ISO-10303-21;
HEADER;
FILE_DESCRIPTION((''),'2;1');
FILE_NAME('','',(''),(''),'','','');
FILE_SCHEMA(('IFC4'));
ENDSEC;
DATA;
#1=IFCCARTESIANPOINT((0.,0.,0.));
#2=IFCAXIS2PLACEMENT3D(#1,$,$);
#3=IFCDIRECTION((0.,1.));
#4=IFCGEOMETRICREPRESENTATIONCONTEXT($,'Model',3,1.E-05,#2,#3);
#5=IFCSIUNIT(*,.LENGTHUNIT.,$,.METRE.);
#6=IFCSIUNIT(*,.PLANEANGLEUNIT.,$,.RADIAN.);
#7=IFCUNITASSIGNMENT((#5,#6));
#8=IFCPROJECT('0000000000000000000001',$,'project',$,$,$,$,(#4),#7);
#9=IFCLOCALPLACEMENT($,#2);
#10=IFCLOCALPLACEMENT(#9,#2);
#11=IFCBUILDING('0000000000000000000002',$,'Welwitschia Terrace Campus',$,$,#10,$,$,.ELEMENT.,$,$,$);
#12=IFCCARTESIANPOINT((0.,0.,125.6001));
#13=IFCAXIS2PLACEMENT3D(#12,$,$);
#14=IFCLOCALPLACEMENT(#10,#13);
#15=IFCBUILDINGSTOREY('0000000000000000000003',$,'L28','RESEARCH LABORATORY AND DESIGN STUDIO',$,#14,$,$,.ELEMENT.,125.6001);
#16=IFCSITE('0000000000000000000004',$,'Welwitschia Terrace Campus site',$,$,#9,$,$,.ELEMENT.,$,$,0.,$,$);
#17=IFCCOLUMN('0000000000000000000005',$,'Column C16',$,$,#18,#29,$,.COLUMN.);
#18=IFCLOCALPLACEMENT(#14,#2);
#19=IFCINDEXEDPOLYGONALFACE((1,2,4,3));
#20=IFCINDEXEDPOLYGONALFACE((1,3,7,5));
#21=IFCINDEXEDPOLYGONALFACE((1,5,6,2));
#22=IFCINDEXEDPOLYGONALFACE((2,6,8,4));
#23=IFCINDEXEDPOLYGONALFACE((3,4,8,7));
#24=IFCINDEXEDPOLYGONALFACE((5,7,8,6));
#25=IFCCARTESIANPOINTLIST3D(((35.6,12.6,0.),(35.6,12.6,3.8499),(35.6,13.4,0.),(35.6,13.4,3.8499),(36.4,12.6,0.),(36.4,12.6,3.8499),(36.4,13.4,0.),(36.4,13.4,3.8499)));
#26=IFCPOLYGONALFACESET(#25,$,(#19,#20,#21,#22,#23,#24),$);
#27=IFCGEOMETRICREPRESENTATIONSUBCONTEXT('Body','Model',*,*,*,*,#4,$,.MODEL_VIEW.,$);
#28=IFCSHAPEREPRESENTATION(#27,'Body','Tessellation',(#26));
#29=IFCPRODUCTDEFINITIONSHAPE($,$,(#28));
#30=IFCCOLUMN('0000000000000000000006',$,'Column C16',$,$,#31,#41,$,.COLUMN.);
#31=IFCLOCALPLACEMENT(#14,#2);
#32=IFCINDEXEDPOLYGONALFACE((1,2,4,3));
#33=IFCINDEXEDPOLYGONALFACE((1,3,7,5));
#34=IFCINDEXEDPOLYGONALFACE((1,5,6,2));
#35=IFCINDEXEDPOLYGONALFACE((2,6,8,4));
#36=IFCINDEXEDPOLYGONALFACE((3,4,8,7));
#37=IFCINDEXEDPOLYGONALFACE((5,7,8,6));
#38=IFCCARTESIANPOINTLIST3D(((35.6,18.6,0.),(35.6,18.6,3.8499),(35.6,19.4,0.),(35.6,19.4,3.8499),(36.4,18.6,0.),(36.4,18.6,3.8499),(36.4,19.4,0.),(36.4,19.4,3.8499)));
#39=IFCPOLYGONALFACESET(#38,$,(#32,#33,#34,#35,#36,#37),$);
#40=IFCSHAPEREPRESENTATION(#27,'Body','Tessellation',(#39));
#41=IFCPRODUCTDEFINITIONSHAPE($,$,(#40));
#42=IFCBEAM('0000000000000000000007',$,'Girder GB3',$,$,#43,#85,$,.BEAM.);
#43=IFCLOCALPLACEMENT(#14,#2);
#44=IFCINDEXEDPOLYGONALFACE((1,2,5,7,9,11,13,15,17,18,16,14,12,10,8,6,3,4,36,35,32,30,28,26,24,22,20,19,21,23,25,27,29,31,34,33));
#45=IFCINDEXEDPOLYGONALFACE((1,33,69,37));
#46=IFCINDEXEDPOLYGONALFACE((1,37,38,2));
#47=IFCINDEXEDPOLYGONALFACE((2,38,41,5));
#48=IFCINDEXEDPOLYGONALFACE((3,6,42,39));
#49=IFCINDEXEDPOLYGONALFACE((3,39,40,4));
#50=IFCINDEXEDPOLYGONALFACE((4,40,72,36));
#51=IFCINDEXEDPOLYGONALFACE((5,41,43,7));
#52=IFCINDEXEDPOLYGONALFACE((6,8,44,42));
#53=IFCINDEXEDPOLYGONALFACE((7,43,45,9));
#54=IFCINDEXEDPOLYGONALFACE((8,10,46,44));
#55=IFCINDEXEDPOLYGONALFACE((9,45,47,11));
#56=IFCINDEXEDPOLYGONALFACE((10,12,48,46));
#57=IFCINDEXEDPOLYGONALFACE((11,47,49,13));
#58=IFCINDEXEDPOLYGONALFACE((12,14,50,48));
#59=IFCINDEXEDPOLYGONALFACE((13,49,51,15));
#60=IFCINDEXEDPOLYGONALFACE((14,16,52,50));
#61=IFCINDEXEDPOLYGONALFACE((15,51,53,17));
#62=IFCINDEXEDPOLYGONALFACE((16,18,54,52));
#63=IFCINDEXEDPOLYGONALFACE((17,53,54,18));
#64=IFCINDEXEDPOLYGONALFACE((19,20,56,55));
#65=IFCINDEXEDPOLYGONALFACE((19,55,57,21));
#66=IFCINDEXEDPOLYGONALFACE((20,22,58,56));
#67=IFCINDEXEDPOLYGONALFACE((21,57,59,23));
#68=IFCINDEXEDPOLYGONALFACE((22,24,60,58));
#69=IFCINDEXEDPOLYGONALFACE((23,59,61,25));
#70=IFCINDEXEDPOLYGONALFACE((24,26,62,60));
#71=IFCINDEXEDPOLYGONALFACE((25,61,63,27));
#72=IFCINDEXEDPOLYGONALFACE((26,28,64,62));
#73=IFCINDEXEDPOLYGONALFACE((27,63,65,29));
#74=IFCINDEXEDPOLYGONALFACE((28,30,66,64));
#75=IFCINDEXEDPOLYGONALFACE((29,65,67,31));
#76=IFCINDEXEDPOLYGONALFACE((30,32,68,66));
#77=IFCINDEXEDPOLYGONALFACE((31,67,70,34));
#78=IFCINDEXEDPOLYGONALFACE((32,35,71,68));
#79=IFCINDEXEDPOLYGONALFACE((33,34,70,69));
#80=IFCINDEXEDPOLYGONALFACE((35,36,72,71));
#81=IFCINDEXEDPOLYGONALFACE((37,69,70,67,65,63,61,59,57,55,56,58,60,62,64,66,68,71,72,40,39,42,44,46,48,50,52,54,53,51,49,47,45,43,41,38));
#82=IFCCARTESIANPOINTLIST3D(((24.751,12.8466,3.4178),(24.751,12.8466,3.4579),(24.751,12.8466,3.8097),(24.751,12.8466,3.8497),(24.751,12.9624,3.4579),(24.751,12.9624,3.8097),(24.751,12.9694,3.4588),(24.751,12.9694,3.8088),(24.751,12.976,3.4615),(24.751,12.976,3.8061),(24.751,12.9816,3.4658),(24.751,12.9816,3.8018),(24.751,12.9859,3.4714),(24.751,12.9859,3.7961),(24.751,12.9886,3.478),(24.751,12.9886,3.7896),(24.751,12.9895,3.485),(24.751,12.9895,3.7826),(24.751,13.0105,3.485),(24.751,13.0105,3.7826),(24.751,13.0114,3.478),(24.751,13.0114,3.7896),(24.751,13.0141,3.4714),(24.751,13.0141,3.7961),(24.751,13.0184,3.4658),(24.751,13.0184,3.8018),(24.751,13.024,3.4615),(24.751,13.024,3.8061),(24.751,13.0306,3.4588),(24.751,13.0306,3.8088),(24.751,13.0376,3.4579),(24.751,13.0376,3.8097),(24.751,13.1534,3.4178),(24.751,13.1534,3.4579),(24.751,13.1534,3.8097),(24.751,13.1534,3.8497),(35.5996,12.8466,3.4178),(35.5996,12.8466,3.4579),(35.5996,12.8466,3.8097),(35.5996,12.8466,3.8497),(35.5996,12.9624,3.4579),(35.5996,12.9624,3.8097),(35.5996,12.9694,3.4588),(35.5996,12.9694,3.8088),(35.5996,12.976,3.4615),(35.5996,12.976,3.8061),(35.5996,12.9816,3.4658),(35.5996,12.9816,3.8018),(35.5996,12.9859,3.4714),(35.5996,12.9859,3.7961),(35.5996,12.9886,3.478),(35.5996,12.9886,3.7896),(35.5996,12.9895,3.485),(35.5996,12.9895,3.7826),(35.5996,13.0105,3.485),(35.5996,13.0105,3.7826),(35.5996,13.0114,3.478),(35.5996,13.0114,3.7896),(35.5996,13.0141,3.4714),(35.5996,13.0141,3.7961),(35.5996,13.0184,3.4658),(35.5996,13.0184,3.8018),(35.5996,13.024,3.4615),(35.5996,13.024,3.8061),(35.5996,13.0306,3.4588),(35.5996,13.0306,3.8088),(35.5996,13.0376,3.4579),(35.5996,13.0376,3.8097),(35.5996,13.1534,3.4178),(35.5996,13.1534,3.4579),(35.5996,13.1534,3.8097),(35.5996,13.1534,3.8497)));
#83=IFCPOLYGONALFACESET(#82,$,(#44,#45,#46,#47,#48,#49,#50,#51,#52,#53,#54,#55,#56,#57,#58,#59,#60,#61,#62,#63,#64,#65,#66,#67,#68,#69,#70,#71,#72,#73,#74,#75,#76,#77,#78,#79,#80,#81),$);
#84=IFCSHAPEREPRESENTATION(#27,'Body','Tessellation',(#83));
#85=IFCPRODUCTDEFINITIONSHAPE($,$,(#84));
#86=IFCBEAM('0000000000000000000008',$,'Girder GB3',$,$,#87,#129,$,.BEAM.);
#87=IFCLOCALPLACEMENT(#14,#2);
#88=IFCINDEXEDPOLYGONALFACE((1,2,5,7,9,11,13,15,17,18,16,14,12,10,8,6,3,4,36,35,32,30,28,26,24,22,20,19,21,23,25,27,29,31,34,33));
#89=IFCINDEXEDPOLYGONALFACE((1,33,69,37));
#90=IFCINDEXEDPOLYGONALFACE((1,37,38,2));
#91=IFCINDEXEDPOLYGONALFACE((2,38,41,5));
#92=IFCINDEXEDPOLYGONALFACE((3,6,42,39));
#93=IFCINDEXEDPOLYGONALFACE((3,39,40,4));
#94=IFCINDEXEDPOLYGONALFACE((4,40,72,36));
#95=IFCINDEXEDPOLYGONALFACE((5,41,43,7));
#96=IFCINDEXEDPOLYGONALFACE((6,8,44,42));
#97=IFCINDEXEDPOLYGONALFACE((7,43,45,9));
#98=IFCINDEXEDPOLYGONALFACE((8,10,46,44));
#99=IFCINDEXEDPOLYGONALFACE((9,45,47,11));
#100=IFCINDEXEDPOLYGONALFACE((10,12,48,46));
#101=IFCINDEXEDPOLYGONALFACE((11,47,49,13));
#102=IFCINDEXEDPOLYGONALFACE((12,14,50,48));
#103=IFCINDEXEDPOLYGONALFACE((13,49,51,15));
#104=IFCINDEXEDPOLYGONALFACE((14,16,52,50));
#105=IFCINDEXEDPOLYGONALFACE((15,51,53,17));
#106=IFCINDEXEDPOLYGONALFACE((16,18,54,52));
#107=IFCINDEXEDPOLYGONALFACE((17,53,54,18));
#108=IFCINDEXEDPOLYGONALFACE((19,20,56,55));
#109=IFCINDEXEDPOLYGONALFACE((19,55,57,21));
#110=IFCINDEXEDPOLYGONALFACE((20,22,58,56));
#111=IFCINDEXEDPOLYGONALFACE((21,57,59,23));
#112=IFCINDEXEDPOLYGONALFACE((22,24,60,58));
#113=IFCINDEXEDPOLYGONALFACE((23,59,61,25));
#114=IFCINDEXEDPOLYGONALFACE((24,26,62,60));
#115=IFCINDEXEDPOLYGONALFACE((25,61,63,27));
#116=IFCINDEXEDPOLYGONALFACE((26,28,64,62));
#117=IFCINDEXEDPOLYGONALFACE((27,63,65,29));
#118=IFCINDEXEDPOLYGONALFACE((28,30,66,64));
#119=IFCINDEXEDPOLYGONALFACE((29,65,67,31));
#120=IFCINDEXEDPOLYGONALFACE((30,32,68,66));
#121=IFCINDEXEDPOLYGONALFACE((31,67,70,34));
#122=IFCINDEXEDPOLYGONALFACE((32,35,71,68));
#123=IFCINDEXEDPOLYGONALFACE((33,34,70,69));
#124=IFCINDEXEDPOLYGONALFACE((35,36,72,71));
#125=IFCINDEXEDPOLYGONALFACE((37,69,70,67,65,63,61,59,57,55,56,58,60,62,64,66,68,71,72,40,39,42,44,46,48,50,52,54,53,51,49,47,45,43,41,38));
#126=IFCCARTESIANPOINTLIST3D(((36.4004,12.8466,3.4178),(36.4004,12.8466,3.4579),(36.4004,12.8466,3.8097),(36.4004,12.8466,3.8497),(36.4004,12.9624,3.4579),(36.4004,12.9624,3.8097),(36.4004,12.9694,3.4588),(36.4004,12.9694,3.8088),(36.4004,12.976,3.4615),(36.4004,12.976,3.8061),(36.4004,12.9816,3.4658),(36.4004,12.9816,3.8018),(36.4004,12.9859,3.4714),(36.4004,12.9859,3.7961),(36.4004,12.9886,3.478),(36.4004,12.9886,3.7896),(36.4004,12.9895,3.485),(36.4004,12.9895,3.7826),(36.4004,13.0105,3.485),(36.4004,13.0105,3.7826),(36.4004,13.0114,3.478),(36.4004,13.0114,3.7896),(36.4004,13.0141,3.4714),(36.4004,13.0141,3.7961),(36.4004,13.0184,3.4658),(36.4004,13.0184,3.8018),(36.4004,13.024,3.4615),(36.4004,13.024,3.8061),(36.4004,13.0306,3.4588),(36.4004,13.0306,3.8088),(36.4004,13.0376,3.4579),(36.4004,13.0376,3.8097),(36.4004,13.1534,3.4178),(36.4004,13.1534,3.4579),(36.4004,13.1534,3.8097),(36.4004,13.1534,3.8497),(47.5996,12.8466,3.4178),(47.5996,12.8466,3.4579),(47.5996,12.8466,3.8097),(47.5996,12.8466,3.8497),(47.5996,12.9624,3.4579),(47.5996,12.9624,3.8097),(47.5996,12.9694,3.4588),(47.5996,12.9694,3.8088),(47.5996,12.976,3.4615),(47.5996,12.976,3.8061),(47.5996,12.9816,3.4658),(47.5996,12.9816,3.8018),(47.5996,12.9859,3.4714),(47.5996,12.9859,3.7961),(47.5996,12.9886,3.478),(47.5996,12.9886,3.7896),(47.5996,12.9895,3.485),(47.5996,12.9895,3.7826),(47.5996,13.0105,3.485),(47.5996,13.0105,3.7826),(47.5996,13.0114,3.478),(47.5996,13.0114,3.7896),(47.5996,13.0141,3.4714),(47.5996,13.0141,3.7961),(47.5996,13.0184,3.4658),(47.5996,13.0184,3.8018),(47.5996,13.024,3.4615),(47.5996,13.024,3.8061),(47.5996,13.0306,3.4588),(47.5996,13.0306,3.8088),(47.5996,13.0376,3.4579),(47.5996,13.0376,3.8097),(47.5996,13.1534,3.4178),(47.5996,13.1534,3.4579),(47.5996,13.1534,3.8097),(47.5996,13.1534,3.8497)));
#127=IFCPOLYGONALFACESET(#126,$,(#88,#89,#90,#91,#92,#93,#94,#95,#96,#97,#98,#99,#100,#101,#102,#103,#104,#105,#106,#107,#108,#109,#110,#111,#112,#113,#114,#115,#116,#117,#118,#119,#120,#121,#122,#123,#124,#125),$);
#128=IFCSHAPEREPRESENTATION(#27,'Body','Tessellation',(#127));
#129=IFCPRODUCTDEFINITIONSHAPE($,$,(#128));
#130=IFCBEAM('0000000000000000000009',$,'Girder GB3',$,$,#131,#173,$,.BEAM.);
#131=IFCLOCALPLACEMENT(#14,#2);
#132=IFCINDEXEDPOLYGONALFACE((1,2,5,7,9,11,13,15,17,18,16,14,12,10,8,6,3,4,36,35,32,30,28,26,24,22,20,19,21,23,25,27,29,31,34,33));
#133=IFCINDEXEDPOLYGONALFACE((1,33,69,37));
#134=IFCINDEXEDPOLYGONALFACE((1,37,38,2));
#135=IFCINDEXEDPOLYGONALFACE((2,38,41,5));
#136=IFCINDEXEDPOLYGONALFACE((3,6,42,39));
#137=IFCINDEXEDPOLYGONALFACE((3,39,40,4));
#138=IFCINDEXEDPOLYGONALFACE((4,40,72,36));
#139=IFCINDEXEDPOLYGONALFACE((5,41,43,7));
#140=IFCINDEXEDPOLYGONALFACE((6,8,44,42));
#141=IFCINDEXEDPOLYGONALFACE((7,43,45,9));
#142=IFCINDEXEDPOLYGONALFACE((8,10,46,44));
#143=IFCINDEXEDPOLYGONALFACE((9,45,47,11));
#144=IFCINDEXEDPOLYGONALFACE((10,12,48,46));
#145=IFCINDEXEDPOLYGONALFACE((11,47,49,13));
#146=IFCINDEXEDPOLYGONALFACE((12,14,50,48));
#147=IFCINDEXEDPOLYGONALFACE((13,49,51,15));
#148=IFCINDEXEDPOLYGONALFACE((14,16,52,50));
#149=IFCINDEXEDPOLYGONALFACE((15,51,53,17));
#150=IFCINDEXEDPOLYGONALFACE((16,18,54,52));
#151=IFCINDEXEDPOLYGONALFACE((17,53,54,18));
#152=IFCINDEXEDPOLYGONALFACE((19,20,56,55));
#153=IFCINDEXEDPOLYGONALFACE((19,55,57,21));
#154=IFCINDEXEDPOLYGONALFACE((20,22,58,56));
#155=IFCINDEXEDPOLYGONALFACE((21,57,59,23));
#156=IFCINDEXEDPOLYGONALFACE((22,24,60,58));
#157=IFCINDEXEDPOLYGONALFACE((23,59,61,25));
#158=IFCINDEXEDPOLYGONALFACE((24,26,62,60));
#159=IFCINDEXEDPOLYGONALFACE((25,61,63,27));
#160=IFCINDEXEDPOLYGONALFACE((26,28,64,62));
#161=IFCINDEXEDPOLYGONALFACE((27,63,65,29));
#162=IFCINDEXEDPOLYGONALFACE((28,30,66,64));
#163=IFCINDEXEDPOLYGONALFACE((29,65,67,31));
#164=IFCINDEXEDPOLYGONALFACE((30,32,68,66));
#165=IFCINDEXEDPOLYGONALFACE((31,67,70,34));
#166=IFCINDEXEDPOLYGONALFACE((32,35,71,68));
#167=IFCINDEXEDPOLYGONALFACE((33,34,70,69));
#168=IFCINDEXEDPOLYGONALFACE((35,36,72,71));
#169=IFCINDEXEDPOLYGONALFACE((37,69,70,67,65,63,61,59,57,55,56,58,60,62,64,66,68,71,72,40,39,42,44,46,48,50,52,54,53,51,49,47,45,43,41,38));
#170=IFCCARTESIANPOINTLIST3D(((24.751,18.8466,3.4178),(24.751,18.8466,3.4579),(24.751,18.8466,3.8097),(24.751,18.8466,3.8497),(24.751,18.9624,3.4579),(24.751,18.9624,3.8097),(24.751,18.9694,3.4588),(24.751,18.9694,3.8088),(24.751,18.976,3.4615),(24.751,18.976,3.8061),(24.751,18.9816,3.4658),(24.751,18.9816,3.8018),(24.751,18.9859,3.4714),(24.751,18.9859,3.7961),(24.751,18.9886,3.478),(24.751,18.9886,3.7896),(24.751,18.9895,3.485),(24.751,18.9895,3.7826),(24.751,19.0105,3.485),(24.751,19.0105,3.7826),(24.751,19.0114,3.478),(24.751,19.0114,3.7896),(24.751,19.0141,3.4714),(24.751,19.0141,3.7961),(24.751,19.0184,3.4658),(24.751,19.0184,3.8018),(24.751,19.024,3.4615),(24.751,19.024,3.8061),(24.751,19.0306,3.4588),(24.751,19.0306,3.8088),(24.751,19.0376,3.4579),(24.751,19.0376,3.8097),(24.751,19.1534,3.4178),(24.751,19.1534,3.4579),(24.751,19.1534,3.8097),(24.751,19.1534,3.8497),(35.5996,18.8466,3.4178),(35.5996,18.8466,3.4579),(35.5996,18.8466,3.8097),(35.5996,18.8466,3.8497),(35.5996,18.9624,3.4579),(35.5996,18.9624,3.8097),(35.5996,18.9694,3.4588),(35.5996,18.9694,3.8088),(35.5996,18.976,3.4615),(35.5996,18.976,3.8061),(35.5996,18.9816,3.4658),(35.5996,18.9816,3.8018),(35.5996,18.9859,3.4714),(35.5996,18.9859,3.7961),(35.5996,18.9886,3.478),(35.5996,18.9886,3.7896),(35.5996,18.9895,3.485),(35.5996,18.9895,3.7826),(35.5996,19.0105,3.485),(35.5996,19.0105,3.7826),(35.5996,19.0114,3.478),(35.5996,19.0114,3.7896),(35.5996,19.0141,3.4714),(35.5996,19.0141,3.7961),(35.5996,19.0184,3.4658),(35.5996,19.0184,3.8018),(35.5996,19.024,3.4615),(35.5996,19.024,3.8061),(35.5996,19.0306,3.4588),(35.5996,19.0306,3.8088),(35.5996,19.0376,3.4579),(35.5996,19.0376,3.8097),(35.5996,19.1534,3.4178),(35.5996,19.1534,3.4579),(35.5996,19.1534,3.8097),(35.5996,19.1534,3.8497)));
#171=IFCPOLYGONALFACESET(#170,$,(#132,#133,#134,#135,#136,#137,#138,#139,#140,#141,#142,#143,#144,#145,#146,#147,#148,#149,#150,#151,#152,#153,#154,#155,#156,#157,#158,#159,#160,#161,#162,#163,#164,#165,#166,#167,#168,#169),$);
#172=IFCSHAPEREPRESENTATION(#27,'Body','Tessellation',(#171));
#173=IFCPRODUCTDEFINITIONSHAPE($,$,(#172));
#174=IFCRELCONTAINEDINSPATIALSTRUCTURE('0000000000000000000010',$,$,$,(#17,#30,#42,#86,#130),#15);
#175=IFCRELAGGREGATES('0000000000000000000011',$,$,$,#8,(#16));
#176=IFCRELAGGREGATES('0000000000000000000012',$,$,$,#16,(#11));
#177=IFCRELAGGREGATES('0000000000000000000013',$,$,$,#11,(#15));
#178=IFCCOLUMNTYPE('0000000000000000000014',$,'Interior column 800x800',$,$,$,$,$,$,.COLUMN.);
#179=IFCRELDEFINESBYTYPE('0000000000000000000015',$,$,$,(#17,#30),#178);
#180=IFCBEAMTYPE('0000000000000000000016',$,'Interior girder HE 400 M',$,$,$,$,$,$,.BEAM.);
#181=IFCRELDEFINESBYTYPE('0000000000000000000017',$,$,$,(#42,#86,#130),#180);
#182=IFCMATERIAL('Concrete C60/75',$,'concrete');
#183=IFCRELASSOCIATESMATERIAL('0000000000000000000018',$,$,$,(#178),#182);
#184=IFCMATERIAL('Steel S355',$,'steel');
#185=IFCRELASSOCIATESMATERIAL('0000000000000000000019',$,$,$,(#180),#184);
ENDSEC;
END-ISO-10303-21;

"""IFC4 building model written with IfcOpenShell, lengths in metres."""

from ifc_helpers import new_model, si_unit, direction, frame, origin, origin_2d, place, context, subcontext, project, spatial, rectangle, i_section, extrude, material, material_profile, profile_set, type_object, element, save


model = new_model("IFC4")

# Units and contexts
model_context = context("Model", 3, precision=1e-05, world=origin(), true_north=direction((0.0, 1.0)))
body_context = subcontext(model_context, "Body", "Model", "MODEL_VIEW")
ifc_project = project(units=[si_unit("LENGTHUNIT", "METRE"), si_unit("PLANEANGLEUNIT", "RADIAN")], contexts=[model_context])

# Site, building, storey
site_placement = place(None, origin())
site = spatial("IfcSite", under=ifc_project, at=site_placement, Name="Welwitschia Terrace Campus site", CompositionType="ELEMENT", RefElevation=0.0)
building_placement = place(site_placement, origin())
building = spatial("IfcBuilding", under=site, at=building_placement, Name="Welwitschia Terrace Campus", CompositionType="ELEMENT")
storey_placement = place(building_placement, frame((0.0, 0.0, 125.6001)))
storey = spatial("IfcBuildingStorey", under=building, at=storey_placement, Name="L28", Description="RESEARCH LABORATORY AND DESIGN STUDIO", CompositionType="ELEMENT", Elevation=125.6001)

# Columns
ifc_material_1 = material(Name="Concrete C60/75", Category="concrete")
ifc_material_profile_1 = material_profile(ifc_material_1, rectangle(XDim=0.8, YDim=0.8, at=origin_2d()))
ifc_profile_set_1 = profile_set([ifc_material_profile_1], Name="Concrete C60/75")
column_type = type_object("IfcColumnType", Name="Interior column 800x800", PredefinedType="COLUMN", material=ifc_profile_set_1)
for number, where, z_axis, x_axis, name in (
    (1, (36.0, 13.0, 0.0), (0.0, 0.0, 1.0), (1.0, 0.0, 0.0), "Column C16"),
    (2, (36.0, 19.0, 0.0), (0.0, 0.0, 1.0), (1.0, 0.0, 0.0), "Column C16"),
):
    element("IfcColumn", number, at=place(storey_placement, frame(where, z_axis=z_axis, x_axis=x_axis)), inside=storey, type_object=column_type, Name=name, PredefinedType="COLUMN", context=body_context, shape_type="SweptSolid", body=[
        extrude(rectangle(XDim=0.8, YDim=0.8, at=origin_2d()), origin(), (0.0, 0.0, 1.0), 3.8499),
    ])

# Beams
ifc_material_2 = material(Name="Steel S355", Category="steel")
ifc_material_profile_2 = material_profile(ifc_material_2, i_section(OverallWidth=0.3069, OverallDepth=0.4319, WebThickness=0.021, FlangeThickness=0.04, FilletRadius=0.0271, at=origin_2d()))
ifc_profile_set_2 = profile_set([ifc_material_profile_2], Name="Steel S355")
beam_type_1 = type_object("IfcBeamType", Name="Interior girder HE 400 M", PredefinedType="BEAM", material=ifc_profile_set_2)
beam_1_placement = place(storey_placement, frame((24.751, 13.0, 3.6338), z_axis=(1.0, 0.0, 0.0), x_axis=(0.0, 1.0, 0.0)))
element("IfcBeam", 3, at=beam_1_placement, inside=storey, type_object=beam_type_1, Name="Girder GB3", PredefinedType="BEAM", context=body_context, shape_type="SweptSolid", body=[
    extrude(i_section(OverallWidth=0.3069, OverallDepth=0.4319, WebThickness=0.021, FlangeThickness=0.04, FilletRadius=0.0271, at=origin_2d()), origin(), (0.0, 0.0, 1.0), 10.8486),
])
beam_2_placement = place(storey_placement, frame((36.4004, 13.0, 3.6338), z_axis=(1.0, 0.0, 0.0), x_axis=(0.0, 1.0, 0.0)))
element("IfcBeam", 4, at=beam_2_placement, inside=storey, type_object=beam_type_1, Name="Girder GB3", PredefinedType="BEAM", context=body_context, shape_type="SweptSolid", body=[
    extrude(i_section(OverallWidth=0.3069, OverallDepth=0.4319, WebThickness=0.021, FlangeThickness=0.04, FilletRadius=0.0271, at=origin_2d()), origin(), (0.0, 0.0, 1.0), 11.1992),
])
beam_3_placement = place(storey_placement, frame((24.751, 19.0, 3.6338), z_axis=(1.0, 0.0, 0.0), x_axis=(0.0, 1.0, 0.0)))
element("IfcBeam", 5, at=beam_3_placement, inside=storey, type_object=beam_type_1, Name="Girder GB3", PredefinedType="BEAM", context=body_context, shape_type="SweptSolid", body=[
    extrude(i_section(OverallWidth=0.3069, OverallDepth=0.4319, WebThickness=0.021, FlangeThickness=0.04, FilletRadius=0.0271, at=origin_2d()), origin(), (0.0, 0.0, 1.0), 10.8486),
])

save(model, "model.ifc")
